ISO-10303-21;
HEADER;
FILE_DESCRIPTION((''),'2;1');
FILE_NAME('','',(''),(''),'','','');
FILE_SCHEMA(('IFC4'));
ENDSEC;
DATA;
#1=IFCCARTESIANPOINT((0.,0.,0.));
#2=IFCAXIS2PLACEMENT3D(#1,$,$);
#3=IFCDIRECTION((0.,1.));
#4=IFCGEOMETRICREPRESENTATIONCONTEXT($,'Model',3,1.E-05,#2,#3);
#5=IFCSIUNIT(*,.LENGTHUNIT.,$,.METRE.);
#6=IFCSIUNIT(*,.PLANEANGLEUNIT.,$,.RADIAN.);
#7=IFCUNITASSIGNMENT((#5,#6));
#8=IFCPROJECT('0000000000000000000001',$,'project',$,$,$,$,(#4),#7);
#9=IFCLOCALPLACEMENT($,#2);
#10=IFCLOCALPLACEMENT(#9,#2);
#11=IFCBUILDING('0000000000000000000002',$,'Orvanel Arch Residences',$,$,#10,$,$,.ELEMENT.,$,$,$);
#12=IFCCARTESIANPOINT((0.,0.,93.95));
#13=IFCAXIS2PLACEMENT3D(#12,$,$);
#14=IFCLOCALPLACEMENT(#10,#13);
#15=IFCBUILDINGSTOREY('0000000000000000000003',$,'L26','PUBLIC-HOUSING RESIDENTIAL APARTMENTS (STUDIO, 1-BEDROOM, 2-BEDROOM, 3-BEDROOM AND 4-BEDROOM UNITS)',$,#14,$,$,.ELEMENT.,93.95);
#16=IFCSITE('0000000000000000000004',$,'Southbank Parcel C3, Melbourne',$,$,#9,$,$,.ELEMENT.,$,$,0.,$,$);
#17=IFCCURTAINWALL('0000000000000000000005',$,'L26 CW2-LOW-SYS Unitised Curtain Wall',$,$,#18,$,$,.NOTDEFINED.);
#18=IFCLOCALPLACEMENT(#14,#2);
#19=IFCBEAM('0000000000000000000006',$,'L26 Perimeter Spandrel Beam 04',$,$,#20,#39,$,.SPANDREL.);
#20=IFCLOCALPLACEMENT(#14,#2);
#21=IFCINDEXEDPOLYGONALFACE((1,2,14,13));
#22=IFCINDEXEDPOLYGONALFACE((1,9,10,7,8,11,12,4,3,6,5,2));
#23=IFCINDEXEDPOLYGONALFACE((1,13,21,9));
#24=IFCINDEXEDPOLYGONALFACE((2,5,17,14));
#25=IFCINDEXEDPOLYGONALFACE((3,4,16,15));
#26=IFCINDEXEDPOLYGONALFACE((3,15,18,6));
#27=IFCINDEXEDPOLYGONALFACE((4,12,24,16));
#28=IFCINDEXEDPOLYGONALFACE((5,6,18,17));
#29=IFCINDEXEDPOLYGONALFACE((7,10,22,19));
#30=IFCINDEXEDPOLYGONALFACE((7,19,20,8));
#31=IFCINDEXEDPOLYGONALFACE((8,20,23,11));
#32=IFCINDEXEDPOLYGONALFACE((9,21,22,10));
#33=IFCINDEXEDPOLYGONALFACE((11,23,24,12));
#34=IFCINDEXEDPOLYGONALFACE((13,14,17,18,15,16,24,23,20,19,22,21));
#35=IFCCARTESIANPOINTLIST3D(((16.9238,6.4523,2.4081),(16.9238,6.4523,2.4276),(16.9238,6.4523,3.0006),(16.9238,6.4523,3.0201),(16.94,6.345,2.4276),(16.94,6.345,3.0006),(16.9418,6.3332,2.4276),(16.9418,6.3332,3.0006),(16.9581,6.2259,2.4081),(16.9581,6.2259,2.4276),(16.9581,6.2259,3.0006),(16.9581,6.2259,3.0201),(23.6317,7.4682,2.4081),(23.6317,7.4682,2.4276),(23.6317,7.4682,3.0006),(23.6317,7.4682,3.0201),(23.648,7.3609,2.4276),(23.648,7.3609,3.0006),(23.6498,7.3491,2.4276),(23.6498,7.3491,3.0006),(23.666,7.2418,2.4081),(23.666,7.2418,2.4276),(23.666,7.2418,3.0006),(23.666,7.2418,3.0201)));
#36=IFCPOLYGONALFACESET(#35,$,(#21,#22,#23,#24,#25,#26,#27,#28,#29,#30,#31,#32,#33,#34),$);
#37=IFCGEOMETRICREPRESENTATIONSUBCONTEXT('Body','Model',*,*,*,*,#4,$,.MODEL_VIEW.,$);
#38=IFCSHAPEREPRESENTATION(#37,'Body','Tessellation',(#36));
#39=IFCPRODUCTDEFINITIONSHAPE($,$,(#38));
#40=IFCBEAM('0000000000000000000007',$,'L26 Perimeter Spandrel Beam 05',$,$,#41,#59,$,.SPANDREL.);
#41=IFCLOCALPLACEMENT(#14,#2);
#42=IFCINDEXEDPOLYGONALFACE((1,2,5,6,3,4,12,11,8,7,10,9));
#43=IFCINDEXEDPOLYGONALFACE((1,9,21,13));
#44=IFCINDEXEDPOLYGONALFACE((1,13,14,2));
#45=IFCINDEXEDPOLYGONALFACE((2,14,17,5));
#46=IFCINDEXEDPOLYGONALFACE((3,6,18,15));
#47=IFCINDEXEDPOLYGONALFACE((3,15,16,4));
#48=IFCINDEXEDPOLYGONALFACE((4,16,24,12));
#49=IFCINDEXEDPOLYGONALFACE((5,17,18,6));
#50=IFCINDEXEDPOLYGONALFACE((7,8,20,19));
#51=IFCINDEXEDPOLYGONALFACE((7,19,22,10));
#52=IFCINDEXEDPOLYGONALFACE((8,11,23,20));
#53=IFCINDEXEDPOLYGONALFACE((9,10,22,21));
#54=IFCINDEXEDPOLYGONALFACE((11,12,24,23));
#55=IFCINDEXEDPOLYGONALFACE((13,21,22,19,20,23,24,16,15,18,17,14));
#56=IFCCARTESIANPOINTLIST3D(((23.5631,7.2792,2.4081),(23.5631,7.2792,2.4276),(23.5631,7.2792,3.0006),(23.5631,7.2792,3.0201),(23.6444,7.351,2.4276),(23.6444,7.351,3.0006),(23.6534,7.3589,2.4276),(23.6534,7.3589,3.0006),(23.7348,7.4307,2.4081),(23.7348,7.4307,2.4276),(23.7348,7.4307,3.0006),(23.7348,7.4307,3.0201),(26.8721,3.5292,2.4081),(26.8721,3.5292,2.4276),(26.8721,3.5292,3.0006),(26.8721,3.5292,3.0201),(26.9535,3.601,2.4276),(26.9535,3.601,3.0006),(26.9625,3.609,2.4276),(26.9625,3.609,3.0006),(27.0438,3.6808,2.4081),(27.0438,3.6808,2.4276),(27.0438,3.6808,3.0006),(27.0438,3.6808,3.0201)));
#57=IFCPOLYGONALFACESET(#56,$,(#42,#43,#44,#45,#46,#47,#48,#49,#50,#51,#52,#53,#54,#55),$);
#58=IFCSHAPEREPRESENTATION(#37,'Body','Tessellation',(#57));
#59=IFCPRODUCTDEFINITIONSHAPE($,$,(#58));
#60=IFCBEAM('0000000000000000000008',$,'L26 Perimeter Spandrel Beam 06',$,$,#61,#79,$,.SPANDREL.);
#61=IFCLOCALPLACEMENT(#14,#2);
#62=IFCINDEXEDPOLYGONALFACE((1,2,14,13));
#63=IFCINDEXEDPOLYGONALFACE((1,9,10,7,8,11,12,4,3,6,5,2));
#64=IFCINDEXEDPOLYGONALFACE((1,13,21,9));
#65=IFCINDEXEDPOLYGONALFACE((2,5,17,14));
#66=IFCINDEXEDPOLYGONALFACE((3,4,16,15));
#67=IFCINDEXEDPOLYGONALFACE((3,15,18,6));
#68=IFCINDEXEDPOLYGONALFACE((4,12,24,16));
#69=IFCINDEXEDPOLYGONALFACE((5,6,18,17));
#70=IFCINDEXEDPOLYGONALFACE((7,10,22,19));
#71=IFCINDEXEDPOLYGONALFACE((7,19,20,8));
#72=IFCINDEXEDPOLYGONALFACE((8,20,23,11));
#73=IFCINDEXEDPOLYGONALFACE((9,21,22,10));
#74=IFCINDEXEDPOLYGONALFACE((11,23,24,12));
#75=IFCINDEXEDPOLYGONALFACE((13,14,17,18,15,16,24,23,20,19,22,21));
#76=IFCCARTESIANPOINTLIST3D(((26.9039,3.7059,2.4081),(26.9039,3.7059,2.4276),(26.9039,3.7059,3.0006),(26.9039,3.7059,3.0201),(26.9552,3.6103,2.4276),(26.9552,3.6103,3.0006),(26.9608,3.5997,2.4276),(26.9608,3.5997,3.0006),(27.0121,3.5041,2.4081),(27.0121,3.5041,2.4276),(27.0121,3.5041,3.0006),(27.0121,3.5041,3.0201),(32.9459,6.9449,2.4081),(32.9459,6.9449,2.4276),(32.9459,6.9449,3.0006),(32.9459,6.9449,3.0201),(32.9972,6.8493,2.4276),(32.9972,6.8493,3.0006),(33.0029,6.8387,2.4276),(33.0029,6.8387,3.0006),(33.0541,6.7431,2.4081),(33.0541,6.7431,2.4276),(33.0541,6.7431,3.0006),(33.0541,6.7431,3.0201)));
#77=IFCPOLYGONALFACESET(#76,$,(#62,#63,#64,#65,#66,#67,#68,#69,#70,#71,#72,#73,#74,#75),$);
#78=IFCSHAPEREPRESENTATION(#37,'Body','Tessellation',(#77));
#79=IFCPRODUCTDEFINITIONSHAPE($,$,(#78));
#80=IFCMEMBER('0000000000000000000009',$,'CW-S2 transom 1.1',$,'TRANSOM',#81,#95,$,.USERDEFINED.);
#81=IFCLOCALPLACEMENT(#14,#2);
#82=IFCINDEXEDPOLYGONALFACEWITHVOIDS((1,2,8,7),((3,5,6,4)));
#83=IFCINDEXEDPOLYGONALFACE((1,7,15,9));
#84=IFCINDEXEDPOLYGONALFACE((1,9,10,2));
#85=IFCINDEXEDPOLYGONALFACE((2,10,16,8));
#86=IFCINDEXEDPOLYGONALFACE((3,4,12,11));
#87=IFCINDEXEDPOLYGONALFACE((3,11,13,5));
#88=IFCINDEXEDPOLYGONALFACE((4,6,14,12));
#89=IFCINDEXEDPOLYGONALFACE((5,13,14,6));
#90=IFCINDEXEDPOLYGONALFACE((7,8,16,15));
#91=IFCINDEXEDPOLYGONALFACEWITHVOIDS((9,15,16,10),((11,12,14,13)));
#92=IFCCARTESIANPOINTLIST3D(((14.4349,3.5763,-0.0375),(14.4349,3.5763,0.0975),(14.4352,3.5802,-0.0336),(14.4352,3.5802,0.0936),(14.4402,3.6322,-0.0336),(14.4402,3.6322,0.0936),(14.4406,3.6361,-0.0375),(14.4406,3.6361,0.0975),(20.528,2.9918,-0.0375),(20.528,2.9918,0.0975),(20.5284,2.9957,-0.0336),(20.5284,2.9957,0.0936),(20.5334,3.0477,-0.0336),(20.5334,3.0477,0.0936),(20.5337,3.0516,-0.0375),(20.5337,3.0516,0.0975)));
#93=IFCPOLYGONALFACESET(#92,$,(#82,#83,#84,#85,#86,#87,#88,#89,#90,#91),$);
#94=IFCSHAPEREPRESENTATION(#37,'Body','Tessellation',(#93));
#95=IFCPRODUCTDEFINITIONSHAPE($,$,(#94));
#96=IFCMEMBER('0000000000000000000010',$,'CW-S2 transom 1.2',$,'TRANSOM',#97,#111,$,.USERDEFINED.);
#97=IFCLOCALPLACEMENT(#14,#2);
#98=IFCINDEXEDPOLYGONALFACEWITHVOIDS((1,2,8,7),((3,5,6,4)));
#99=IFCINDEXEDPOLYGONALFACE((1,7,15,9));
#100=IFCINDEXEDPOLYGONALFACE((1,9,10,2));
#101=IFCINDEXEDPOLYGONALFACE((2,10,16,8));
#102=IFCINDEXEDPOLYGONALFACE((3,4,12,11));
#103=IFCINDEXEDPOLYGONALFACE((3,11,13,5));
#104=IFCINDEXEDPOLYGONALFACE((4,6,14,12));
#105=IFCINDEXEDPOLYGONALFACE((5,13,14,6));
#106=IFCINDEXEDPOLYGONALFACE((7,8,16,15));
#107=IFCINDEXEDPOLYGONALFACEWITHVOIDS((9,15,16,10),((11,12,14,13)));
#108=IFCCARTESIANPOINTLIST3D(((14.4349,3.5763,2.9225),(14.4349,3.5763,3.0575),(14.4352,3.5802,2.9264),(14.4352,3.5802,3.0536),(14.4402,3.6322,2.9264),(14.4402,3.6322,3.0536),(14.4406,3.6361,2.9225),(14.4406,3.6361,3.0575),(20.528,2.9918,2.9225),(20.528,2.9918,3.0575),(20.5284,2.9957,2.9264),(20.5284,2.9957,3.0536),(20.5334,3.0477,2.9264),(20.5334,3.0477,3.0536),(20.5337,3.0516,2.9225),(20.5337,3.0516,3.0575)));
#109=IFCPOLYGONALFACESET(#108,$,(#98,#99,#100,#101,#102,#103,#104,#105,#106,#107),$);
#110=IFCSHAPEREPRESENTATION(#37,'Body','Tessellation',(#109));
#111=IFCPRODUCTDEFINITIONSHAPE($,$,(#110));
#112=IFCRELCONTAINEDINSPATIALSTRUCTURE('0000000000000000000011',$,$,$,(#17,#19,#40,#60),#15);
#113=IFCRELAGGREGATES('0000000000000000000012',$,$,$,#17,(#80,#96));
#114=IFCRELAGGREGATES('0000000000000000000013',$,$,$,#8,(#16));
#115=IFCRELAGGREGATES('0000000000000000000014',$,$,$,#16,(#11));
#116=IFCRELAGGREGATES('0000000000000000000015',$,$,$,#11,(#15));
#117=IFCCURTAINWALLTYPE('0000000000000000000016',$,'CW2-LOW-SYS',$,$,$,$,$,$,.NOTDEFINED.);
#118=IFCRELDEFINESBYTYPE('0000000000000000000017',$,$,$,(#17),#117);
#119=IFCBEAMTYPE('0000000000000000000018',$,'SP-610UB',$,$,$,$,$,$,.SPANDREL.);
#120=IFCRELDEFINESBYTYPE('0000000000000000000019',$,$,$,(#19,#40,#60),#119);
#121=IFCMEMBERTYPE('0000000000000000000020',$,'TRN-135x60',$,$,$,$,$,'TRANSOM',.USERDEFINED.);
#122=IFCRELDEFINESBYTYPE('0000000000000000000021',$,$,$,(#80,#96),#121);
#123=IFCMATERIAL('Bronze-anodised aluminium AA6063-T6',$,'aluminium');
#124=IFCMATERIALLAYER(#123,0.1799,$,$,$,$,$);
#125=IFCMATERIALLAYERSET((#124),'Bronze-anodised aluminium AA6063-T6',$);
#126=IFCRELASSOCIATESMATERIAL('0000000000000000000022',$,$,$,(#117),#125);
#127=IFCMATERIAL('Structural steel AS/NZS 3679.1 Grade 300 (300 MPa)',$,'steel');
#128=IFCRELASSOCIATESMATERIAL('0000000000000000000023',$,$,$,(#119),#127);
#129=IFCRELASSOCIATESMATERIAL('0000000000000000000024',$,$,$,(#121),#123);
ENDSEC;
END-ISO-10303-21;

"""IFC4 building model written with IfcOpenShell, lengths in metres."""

from ifc_helpers import new_model, si_unit, direction, frame, origin, origin_2d, place, context, subcontext, project, spatial, hollow_rectangle, i_section, extrude, material, layer, layer_set, material_profile, profile_set, type_object, element, aggregate, save


model = new_model("IFC4")

# Units and contexts
model_context = context("Model", 3, precision=1e-05, world=origin(), true_north=direction((0.0, 1.0)))
body_context = subcontext(model_context, "Body", "Model", "MODEL_VIEW")
ifc_project = project(units=[si_unit("LENGTHUNIT", "METRE"), si_unit("PLANEANGLEUNIT", "RADIAN")], contexts=[model_context])

# Site, building, storey
site_placement = place(None, origin())
site = spatial("IfcSite", under=ifc_project, at=site_placement, Name="Southbank Parcel C3, Melbourne", CompositionType="ELEMENT", RefElevation=0.0)
building_placement = place(site_placement, origin())
building = spatial("IfcBuilding", under=site, at=building_placement, Name="Orvanel Arch Residences", CompositionType="ELEMENT")
storey_placement = place(building_placement, frame((0.0, 0.0, 93.95)))
storey = spatial("IfcBuildingStorey", under=building, at=storey_placement, Name="L26", Description="PUBLIC-HOUSING RESIDENTIAL APARTMENTS (STUDIO, 1-BEDROOM, 2-BEDROOM, 3-BEDROOM AND 4-BEDROOM UNITS)", CompositionType="ELEMENT", Elevation=93.95)

# Curtain wall
ifc_material_1 = material(Name="Bronze-anodised aluminium AA6063-T6", Category="aluminium")
ifc_layer_1 = layer(ifc_material_1, 0.1799)
ifc_layer_set_1 = layer_set([ifc_layer_1], Name="Bronze-anodised aluminium AA6063-T6")
curtain_wall_type_1 = type_object("IfcCurtainWallType", Name="CW2-LOW-SYS", PredefinedType="NOTDEFINED", material=ifc_layer_set_1)
curtain_wall_1_placement = place(storey_placement, origin())
curtain_wall_1 = element("IfcCurtainWall", 1, at=curtain_wall_1_placement, inside=storey, type_object=curtain_wall_type_1, Name="L26 CW2-LOW-SYS Unitised Curtain Wall", PredefinedType="NOTDEFINED")

# Beams
ifc_material_2 = material(Name="Structural steel AS/NZS 3679.1 Grade 300 (300 MPa)", Category="steel")
ifc_material_profile_1 = material_profile(ifc_material_2, i_section(OverallWidth=0.229, OverallDepth=0.6121, WebThickness=0.012, FlangeThickness=0.0195, at=origin_2d()), Name="610UB125")
ifc_profile_set_1 = profile_set([ifc_material_profile_1], Name="Structural steel AS/NZS 3679.1 Grade 300 (300 MPa)")
beam_type_1 = type_object("IfcBeamType", Name="SP-610UB", PredefinedType="SPANDREL", material=ifc_profile_set_1)
beam_1_placement = place(storey_placement, frame((16.9409, 6.3391, 2.7141), z_axis=(0.988726, 0.149734, 0.0), x_axis=(-0.149734, 0.988726, 0.0)))
element("IfcBeam", 2, at=beam_1_placement, inside=storey, type_object=beam_type_1, Name="L26 Perimeter Spandrel Beam 04", PredefinedType="SPANDREL", context=body_context, shape_type="SweptSolid", body=[
    extrude(i_section(OverallWidth=0.229, OverallDepth=0.6121, WebThickness=0.012, FlangeThickness=0.0195, at=origin_2d()), origin(), (0.0, 0.0, 1.0), 6.7844),
])
beam_2_placement = place(storey_placement, frame((23.6489, 7.355, 2.7141), z_axis=(0.661651, -0.749812, 0.0), x_axis=(0.749812, 0.661651, 0.0)))
element("IfcBeam", 3, at=beam_2_placement, inside=storey, type_object=beam_type_1, Name="L26 Perimeter Spandrel Beam 05", PredefinedType="SPANDREL", context=body_context, shape_type="SweptSolid", body=[
    extrude(i_section(OverallWidth=0.229, OverallDepth=0.6121, WebThickness=0.012, FlangeThickness=0.0195, at=origin_2d()), origin(), (0.0, 0.0, 1.0), 5.0012),
])
beam_3_placement = place(storey_placement, frame((26.958, 3.605, 2.7141), z_axis=(0.881344, 0.472474, 0.0), x_axis=(-0.472474, 0.881344, 0.0)))
element("IfcBeam", 4, at=beam_3_placement, inside=storey, type_object=beam_type_1, Name="L26 Perimeter Spandrel Beam 06", PredefinedType="SPANDREL", context=body_context, shape_type="SweptSolid", body=[
    extrude(i_section(OverallWidth=0.229, OverallDepth=0.6121, WebThickness=0.012, FlangeThickness=0.0195, at=origin_2d()), origin(), (0.0, 0.0, 1.0), 6.8555),
])

# Members
ifc_material_profile_2 = material_profile(ifc_material_1, hollow_rectangle(XDim=0.0601, YDim=0.135, WallThickness=0.0039, at=origin_2d()), Name="ALU135x60x4")
ifc_profile_set_2 = profile_set([ifc_material_profile_2], Name="Bronze-anodised aluminium AA6063-T6")
member_type_1 = type_object("IfcMemberType", Name="TRN-135x60", ElementType="TRANSOM", PredefinedType="USERDEFINED", material=ifc_profile_set_2)
member_1_placement = place(storey_placement, frame((14.4377, 3.6062, 0.03), z_axis=(0.995431, -0.095487, 0.0), x_axis=(0.095487, 0.995431, 0.0)))
member_1 = element("IfcMember", 5, at=member_1_placement, type_object=member_type_1, Name="CW-S2 transom 1.1", ObjectType="TRANSOM", PredefinedType="USERDEFINED", context=body_context, shape_type="SweptSolid", body=[
    extrude(hollow_rectangle(XDim=0.0601, YDim=0.135, WallThickness=0.0039, at=origin_2d()), origin(), (0.0, 0.0, 1.0), 6.1211),
])
member_2_placement = place(storey_placement, frame((14.4377, 3.6062, 2.99), z_axis=(0.995431, -0.095487, 0.0), x_axis=(0.095487, 0.995431, 0.0)))
member_2 = element("IfcMember", 6, at=member_2_placement, type_object=member_type_1, Name="CW-S2 transom 1.2", ObjectType="TRANSOM", PredefinedType="USERDEFINED", context=body_context, shape_type="SweptSolid", body=[
    extrude(hollow_rectangle(XDim=0.0601, YDim=0.135, WallThickness=0.0039, at=origin_2d()), origin(), (0.0, 0.0, 1.0), 6.1211),
])
aggregate(curtain_wall_1, [member_1, member_2])

save(model, "model.ifc")
